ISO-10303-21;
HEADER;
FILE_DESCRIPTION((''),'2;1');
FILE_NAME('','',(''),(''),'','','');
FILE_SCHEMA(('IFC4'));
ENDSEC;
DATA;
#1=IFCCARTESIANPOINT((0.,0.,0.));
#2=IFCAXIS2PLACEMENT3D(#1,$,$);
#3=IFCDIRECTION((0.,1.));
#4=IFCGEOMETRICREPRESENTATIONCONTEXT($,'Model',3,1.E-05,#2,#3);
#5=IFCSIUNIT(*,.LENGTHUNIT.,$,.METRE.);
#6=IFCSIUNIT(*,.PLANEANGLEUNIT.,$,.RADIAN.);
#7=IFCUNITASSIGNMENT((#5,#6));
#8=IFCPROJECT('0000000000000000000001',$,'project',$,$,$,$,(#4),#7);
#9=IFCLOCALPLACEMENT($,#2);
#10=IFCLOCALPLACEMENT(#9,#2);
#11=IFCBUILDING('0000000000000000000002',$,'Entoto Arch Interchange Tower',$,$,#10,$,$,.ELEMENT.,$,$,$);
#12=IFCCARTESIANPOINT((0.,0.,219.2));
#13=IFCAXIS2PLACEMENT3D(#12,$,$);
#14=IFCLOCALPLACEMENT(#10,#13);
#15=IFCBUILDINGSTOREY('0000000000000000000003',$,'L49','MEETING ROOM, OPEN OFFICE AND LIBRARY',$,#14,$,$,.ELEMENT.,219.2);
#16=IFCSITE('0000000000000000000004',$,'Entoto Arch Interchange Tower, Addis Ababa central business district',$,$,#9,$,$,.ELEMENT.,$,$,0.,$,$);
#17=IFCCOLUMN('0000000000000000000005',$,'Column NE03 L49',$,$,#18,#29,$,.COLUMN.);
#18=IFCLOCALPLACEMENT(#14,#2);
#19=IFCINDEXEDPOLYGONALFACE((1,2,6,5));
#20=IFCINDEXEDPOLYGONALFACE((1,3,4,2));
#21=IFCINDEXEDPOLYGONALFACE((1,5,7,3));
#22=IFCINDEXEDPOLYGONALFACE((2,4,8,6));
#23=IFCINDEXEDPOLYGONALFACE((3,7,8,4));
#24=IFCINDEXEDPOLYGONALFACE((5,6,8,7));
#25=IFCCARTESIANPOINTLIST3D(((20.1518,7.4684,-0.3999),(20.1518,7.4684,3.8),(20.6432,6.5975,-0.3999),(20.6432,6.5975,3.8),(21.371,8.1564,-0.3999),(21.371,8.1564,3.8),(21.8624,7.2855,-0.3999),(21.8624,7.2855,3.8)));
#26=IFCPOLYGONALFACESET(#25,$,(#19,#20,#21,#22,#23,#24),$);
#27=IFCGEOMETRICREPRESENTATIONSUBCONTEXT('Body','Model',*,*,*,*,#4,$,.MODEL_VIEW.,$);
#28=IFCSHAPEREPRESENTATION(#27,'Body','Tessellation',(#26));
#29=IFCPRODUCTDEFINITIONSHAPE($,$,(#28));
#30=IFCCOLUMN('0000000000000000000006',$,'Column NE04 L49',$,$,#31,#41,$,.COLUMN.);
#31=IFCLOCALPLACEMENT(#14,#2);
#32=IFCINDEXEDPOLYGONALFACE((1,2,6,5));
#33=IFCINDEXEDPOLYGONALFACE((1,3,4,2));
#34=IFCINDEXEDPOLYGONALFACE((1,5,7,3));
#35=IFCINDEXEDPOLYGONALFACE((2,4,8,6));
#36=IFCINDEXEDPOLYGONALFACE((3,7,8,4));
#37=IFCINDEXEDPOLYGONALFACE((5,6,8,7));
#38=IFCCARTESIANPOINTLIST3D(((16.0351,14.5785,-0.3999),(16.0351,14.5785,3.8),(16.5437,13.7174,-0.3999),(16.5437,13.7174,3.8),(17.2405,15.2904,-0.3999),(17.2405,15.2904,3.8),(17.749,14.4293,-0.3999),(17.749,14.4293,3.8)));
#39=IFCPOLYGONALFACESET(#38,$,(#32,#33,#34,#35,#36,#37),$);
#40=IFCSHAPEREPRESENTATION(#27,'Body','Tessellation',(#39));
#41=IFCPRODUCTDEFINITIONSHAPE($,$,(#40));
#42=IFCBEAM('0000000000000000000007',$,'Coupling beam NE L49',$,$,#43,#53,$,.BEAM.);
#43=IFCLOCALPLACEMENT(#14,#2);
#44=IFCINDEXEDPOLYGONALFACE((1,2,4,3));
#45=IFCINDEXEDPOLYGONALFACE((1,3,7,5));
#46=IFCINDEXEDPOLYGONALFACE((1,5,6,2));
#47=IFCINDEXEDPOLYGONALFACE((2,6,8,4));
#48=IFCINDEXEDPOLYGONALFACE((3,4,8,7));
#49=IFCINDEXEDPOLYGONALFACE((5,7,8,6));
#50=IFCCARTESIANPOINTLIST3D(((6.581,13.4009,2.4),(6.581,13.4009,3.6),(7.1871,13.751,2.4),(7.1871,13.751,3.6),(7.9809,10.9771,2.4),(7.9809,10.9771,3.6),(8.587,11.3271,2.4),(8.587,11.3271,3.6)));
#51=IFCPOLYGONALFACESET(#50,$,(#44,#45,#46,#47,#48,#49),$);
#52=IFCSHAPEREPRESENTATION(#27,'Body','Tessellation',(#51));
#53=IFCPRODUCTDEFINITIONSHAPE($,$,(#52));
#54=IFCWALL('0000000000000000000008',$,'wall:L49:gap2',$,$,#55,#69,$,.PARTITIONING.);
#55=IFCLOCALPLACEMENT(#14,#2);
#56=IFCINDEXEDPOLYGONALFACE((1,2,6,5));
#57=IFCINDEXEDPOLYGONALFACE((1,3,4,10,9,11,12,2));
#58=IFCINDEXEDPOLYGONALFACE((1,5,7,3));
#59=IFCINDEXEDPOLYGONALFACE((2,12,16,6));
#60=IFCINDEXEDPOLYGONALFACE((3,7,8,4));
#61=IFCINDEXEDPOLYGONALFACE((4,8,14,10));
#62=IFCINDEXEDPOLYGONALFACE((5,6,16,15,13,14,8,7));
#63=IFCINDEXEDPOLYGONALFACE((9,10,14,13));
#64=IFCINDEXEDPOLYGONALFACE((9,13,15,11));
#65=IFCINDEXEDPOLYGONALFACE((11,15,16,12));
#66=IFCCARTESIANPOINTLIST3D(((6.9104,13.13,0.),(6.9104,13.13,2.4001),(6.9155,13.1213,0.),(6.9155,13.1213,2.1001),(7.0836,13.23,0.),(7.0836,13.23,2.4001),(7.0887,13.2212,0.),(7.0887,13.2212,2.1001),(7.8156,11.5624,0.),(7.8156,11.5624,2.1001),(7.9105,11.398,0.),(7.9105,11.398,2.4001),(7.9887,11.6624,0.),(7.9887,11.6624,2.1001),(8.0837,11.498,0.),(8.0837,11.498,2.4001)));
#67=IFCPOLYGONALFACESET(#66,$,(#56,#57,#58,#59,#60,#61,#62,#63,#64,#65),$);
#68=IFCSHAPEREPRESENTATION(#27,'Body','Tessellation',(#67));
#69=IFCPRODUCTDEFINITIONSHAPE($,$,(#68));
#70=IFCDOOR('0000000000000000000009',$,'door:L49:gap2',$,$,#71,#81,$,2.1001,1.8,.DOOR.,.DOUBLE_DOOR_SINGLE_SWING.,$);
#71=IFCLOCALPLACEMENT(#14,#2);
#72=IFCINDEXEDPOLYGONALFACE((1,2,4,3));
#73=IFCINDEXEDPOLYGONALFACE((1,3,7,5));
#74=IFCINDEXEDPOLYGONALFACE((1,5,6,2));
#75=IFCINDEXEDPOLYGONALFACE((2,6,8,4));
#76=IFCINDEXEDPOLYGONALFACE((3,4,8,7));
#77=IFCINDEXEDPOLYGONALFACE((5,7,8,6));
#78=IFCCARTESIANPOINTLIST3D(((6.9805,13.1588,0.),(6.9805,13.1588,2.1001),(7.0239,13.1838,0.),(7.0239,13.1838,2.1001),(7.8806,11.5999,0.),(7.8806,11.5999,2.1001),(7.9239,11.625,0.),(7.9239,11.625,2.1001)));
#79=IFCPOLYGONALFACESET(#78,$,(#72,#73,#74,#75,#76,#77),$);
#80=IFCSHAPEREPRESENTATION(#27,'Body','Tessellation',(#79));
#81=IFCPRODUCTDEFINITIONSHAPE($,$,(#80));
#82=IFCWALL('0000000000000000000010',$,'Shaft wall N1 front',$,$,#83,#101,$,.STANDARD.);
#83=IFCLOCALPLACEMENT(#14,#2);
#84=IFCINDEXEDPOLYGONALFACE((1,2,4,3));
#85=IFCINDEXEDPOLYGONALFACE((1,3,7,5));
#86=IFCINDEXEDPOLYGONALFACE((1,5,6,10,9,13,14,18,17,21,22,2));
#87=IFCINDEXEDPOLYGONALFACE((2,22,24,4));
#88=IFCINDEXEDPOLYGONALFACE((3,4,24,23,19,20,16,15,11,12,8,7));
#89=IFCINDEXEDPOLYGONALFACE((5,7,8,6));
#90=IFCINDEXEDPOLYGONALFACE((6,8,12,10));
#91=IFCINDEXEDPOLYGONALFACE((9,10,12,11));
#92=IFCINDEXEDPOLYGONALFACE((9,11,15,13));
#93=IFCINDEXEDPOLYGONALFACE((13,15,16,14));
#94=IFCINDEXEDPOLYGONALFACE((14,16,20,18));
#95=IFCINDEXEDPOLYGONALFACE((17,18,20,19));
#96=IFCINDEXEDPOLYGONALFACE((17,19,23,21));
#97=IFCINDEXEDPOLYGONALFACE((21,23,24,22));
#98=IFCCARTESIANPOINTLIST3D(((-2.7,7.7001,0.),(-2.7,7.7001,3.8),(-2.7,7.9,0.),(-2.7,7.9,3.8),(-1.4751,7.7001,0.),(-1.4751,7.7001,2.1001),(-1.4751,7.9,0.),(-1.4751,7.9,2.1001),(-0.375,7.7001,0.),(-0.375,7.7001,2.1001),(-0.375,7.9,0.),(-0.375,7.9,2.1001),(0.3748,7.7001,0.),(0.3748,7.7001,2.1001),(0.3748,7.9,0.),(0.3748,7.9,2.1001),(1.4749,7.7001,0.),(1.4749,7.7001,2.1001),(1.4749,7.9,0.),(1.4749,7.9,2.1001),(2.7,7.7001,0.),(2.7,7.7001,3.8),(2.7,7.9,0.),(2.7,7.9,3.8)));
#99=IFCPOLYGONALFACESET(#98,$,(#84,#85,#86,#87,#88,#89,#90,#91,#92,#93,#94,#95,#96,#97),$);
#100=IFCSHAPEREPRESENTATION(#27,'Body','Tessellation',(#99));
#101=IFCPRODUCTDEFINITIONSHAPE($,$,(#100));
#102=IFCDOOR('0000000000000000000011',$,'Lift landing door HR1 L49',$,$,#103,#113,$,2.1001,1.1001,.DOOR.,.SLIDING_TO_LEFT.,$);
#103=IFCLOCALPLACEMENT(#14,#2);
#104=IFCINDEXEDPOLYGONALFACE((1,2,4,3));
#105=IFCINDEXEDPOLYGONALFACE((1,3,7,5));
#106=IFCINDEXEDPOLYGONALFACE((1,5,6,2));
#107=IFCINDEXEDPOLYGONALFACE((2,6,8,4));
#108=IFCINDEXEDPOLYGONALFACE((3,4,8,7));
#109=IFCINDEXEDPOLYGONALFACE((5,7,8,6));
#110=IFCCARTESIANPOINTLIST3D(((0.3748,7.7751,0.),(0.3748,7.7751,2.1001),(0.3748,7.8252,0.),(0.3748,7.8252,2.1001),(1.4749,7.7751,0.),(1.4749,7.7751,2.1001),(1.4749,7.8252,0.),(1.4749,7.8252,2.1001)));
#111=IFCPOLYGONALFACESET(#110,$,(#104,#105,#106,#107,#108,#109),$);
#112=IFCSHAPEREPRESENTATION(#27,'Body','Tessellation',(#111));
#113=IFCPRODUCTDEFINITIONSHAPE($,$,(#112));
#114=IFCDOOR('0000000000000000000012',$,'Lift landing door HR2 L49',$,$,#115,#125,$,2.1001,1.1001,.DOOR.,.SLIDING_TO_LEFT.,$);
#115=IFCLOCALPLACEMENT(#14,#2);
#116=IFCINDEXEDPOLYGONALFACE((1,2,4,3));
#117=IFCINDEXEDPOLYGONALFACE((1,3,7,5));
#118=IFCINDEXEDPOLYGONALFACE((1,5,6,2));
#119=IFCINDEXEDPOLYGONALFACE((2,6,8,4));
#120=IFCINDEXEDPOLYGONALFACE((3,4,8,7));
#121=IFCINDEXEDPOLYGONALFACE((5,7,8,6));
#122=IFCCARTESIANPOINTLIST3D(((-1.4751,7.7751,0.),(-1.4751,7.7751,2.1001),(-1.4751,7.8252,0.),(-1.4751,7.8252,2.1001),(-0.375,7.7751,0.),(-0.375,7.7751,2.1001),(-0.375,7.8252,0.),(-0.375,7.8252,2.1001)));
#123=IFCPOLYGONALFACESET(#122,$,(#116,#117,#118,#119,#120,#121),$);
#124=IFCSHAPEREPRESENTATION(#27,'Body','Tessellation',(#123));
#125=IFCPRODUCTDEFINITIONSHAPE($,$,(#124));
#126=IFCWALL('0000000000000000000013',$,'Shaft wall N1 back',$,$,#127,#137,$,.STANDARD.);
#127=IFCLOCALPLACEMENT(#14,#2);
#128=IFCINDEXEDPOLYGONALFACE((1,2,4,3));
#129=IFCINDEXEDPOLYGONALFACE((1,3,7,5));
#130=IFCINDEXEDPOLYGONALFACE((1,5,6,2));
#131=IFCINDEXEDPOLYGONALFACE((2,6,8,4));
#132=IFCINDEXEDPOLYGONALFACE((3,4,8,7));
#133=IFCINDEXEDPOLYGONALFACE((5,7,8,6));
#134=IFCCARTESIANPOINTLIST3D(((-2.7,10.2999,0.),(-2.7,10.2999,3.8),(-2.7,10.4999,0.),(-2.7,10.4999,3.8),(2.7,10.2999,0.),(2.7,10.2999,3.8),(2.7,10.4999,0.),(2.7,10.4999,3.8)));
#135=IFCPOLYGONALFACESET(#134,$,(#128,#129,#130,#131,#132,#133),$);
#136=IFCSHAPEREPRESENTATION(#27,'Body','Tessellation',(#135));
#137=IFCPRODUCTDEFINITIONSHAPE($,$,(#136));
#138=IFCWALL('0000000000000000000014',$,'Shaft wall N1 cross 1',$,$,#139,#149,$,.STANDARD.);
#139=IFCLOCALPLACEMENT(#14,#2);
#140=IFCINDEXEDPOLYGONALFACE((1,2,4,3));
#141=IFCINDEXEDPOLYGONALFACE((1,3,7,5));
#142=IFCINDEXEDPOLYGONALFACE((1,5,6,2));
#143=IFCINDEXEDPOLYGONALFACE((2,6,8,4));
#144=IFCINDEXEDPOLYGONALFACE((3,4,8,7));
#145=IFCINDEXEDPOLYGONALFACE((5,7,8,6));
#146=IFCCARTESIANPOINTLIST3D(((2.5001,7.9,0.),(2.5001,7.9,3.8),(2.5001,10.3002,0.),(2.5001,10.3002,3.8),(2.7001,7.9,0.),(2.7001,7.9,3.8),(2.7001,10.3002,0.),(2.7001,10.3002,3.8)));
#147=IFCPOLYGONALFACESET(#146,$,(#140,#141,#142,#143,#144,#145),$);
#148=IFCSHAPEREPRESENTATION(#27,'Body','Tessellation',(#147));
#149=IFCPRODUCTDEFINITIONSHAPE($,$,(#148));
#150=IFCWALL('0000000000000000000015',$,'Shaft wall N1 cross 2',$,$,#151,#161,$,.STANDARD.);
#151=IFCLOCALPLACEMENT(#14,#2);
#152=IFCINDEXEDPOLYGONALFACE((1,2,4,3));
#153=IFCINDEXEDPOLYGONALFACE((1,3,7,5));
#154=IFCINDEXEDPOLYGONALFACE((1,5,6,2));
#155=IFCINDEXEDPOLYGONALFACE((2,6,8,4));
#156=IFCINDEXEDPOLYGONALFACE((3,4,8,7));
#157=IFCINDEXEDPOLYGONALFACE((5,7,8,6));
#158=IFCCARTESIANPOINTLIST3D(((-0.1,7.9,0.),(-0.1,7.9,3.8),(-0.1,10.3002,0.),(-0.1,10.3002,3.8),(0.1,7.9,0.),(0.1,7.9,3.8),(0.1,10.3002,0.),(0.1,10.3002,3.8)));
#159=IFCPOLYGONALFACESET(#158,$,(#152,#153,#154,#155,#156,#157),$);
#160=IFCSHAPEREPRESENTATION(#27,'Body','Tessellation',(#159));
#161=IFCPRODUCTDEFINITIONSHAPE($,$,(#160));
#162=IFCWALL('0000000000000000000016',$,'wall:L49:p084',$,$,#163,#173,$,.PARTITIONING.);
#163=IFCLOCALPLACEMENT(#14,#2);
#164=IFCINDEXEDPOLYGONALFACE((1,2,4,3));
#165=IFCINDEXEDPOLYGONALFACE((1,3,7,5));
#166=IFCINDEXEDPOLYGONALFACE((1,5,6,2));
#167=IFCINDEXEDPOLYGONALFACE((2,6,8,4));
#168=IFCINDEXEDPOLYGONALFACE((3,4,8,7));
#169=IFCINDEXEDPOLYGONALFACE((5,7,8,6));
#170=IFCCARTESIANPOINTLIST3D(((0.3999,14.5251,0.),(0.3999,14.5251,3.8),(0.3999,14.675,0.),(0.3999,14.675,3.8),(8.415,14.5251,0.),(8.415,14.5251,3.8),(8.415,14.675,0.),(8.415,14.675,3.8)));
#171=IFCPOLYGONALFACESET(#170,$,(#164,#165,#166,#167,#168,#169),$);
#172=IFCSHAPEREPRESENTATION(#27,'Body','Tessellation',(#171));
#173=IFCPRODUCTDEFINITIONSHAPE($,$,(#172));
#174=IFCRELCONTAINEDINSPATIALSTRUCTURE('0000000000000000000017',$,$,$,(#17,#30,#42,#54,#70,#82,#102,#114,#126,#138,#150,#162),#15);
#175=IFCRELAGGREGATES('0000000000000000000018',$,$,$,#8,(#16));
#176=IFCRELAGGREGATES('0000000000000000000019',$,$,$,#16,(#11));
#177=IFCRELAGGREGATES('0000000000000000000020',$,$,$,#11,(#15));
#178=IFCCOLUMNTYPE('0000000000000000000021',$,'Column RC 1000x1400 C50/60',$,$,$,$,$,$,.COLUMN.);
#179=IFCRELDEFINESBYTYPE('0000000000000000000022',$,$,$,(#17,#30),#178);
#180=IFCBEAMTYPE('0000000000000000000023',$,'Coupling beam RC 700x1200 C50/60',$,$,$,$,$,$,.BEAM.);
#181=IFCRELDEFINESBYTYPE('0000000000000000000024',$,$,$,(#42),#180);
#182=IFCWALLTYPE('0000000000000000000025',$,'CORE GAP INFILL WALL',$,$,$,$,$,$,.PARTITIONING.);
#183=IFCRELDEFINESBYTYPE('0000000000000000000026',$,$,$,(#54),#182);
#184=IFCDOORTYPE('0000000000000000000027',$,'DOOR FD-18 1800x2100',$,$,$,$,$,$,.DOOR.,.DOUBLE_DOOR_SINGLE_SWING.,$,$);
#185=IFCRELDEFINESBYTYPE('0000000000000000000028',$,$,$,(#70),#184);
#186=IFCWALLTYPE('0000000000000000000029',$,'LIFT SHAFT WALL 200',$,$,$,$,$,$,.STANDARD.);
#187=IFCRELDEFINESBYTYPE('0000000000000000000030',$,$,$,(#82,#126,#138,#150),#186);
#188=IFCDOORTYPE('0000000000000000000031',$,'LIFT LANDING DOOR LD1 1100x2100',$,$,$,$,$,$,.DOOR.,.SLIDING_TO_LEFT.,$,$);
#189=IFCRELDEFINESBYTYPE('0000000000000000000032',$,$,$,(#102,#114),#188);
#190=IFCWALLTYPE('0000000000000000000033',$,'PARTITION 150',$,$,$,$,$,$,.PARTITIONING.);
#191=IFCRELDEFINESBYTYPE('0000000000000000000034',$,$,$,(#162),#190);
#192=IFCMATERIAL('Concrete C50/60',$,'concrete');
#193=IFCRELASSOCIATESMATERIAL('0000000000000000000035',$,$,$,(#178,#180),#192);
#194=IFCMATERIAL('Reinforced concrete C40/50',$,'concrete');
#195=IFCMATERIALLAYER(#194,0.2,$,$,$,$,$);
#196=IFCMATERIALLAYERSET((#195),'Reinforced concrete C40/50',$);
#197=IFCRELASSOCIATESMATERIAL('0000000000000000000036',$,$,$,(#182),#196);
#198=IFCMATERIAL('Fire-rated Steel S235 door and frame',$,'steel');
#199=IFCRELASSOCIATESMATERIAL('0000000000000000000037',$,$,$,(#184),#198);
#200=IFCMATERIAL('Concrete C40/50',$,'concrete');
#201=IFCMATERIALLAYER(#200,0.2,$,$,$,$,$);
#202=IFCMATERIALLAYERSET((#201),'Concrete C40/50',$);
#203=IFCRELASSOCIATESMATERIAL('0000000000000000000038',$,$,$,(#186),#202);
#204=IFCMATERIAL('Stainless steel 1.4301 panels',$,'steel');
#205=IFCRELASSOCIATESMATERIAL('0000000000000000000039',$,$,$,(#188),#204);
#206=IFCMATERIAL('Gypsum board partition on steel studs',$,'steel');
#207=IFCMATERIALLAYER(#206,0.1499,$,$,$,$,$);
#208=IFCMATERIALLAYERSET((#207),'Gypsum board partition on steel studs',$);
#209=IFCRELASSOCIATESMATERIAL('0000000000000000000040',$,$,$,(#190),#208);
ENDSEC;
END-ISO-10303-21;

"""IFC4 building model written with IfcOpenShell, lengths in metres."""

from ifc_helpers import new_model, si_unit, direction, frame, frame_2d, origin, origin_2d, place, context, subcontext, project, spatial, rectangle, extrude, material, layer, layer_set, material_profile, profile_set, type_object, element, fill, save


model = new_model("IFC4")

# Units and contexts
model_context = context("Model", 3, precision=1e-05, world=origin(), true_north=direction((0.0, 1.0)))
body_context = subcontext(model_context, "Body", "Model", "MODEL_VIEW")
ifc_project = project(units=[si_unit("LENGTHUNIT", "METRE"), si_unit("PLANEANGLEUNIT", "RADIAN")], contexts=[model_context])

# Site, building, storey
site_placement = place(None, origin())
site = spatial("IfcSite", under=ifc_project, at=site_placement, Name="Entoto Arch Interchange Tower, Addis Ababa central business district", CompositionType="ELEMENT", RefElevation=0.0)
building_placement = place(site_placement, origin())
building = spatial("IfcBuilding", under=site, at=building_placement, Name="Entoto Arch Interchange Tower", CompositionType="ELEMENT")
storey_placement = place(building_placement, frame((0.0, 0.0, 219.2)))
storey = spatial("IfcBuildingStorey", under=building, at=storey_placement, Name="L49", Description="MEETING ROOM, OPEN OFFICE AND LIBRARY", CompositionType="ELEMENT", Elevation=219.2)

# Columns
ifc_material_1 = material(Name="Concrete C50/60", Category="concrete")
ifc_material_profile_1 = material_profile(ifc_material_1, rectangle(XDim=1.0, YDim=1.3999, at=origin_2d()))
ifc_profile_set_1 = profile_set([ifc_material_profile_1], Name="Concrete C50/60")
column_type = type_object("IfcColumnType", Name="Column RC 1000x1400 C50/60", PredefinedType="COLUMN", material=ifc_profile_set_1)
for number, where, z_axis, x_axis, name in (
    (1, (21.0071, 7.377, -0.3999), (0.0, 0.0, 1.0), (-0.491436, 0.870914, 0.0), "Column NE03 L49"),
    (2, (16.8921, 14.5039, -0.3999), (0.0, 0.0, 1.0), (-0.508516, 0.861053, 0.0), "Column NE04 L49"),
):
    element("IfcColumn", number, at=place(storey_placement, frame(where, z_axis=z_axis, x_axis=x_axis)), inside=storey, type_object=column_type, Name=name, PredefinedType="COLUMN", context=body_context, shape_type="SweptSolid", body=[
        extrude(rectangle(XDim=1.0, YDim=1.3999, at=origin_2d()), origin(), (0.0, 0.0, 1.0), 4.2),
    ])

# Beam
ifc_material_profile_2 = material_profile(ifc_material_1, rectangle(XDim=0.7, YDim=1.2, at=origin_2d()))
ifc_profile_set_2 = profile_set([ifc_material_profile_2], Name="Concrete C50/60")
beam_type = type_object("IfcBeamType", Name="Coupling beam RC 700x1200 C50/60", PredefinedType="BEAM", material=ifc_profile_set_2)
beam_placement = place(storey_placement, frame((8.2839, 11.1521, 3.0), z_axis=(-0.500135, 0.865947, 0.0), x_axis=(-0.865947, -0.500135, 0.0)))
element("IfcBeam", 3, at=beam_placement, inside=storey, type_object=beam_type, Name="Coupling beam NE L49", PredefinedType="BEAM", context=body_context, shape_type="SweptSolid", body=[
    extrude(rectangle(XDim=0.7, YDim=1.2, at=origin_2d()), origin(), (0.0, 0.0, 1.0), 2.7991),
])

# Wall, opening, door
ifc_material_2 = material(Name="Reinforced concrete C40/50", Category="concrete")
ifc_layer_1 = layer(ifc_material_2, 0.2)
ifc_layer_set_1 = layer_set([ifc_layer_1], Name="Reinforced concrete C40/50")
wall_type_1 = type_object("IfcWallType", Name="CORE GAP INFILL WALL", PredefinedType="PARTITIONING", material=ifc_layer_set_1)
wall_1_placement = place(storey_placement, frame((7.9971, 11.448, 0.0), z_axis=(0.0, 0.0, 1.0), x_axis=(-0.500025, 0.866011, 0.0)))
wall_1 = element("IfcWall", 4, at=wall_1_placement, inside=storey, type_object=wall_type_1, Name="wall:L49:gap2", PredefinedType="PARTITIONING", context=body_context, shape_type="SweptSolid", body=[
    extrude(rectangle(XDim=2.0, YDim=0.2, at=frame_2d((1.0, 0.0))), origin(), (0.0, 0.0, 1.0), 2.4001),
])
opening_1_placement = place(wall_1_placement, frame((0.1899, 0.0, 0.0)))
opening_1 = element("IfcOpeningElement", 5, at=opening_1_placement, cuts=wall_1, PredefinedType="OPENING", context=body_context, shape_type="SweptSolid", body=[
    extrude(rectangle(XDim=1.8, YDim=2.1001, at=frame_2d((0.8999, 1.05))), frame((0.0, 0.1099, 0.0), z_axis=(0.0, -1.0, 0.0), x_axis=(1.0, 0.0, 0.0)), (0.0, 0.0, 1.0), 0.22),
])
ifc_material_3 = material(Name="Fire-rated Steel S235 door and frame", Category="steel")
door_type_1 = type_object("IfcDoorType", Name="DOOR FD-18 1800x2100", OperationType="DOUBLE_DOOR_SINGLE_SWING", PredefinedType="DOOR", material=ifc_material_3)
door_1_placement = place(opening_1_placement, origin())
door_1 = element("IfcDoor", 6, at=door_1_placement, inside=storey, type_object=door_type_1, Name="door:L49:gap2", OperationType="DOUBLE_DOOR_SINGLE_SWING", OverallHeight=2.1001, OverallWidth=1.8, PredefinedType="DOOR", context=body_context, shape_type="SweptSolid", body=[
    extrude(rectangle(XDim=1.8, YDim=2.1001, at=frame_2d((0.8999, 1.05))), frame((0.0, 0.0249, 0.0), z_axis=(0.0, -1.0, 0.0), x_axis=(1.0, 0.0, 0.0)), (0.0, 0.0, 1.0), 0.05),
])
fill(opening_1, door_1)

# Wall, openings, doors
ifc_material_4 = material(Name="Concrete C40/50", Category="concrete")
ifc_layer_2 = layer(ifc_material_4, 0.2)
ifc_layer_set_2 = layer_set([ifc_layer_2], Name="Concrete C40/50")
wall_type_2 = type_object("IfcWallType", Name="LIFT SHAFT WALL 200", PredefinedType="STANDARD", material=ifc_layer_set_2)
wall_2_placement = place(storey_placement, frame((2.7, 7.8, 0.0), z_axis=(0.0, 0.0, 1.0), x_axis=(-1.0, 0.0, 0.0)))
wall_2 = element("IfcWall", 7, at=wall_2_placement, inside=storey, type_object=wall_type_2, Name="Shaft wall N1 front", PredefinedType="STANDARD", context=body_context, shape_type="SweptSolid", body=[
    extrude(rectangle(XDim=5.3999, YDim=0.2, at=frame_2d((2.7, 0.0))), origin(), (0.0, 0.0, 1.0), 3.8),
])
opening_2_placement = place(wall_2_placement, frame((1.2251, 0.0, 0.0)))
opening_2 = element("IfcOpeningElement", 8, at=opening_2_placement, cuts=wall_2, PredefinedType="OPENING", context=body_context, shape_type="SweptSolid", body=[
    extrude(rectangle(XDim=1.1001, YDim=2.1001, at=frame_2d((0.55, 1.05))), frame((0.0, 0.1099, 0.0), z_axis=(0.0, -1.0, 0.0), x_axis=(1.0, 0.0, 0.0)), (0.0, 0.0, 1.0), 0.22),
])
opening_3_placement = place(wall_2_placement, frame((3.075, 0.0, 0.0)))
opening_3 = element("IfcOpeningElement", 9, at=opening_3_placement, cuts=wall_2, PredefinedType="OPENING", context=body_context, shape_type="SweptSolid", body=[
    extrude(rectangle(XDim=1.1001, YDim=2.1001, at=frame_2d((0.55, 1.05))), frame((0.0, 0.1099, 0.0), z_axis=(0.0, -1.0, 0.0), x_axis=(1.0, 0.0, 0.0)), (0.0, 0.0, 1.0), 0.22),
])
ifc_material_5 = material(Name="Stainless steel 1.4301 panels", Category="steel")
door_type_2 = type_object("IfcDoorType", Name="LIFT LANDING DOOR LD1 1100x2100", OperationType="SLIDING_TO_LEFT", PredefinedType="DOOR", material=ifc_material_5)
door_2_placement = place(opening_2_placement, origin())
door_2 = element("IfcDoor", 10, at=door_2_placement, inside=storey, type_object=door_type_2, Name="Lift landing door HR1 L49", OperationType="SLIDING_TO_LEFT", OverallHeight=2.1001, OverallWidth=1.1001, PredefinedType="DOOR", context=body_context, shape_type="SweptSolid", body=[
    extrude(rectangle(XDim=1.1001, YDim=2.1001, at=frame_2d((0.55, 1.05))), frame((0.0, 0.0249, 0.0), z_axis=(0.0, -1.0, 0.0), x_axis=(1.0, 0.0, 0.0)), (0.0, 0.0, 1.0), 0.05),
])
fill(opening_2, door_2)
door_3_placement = place(opening_3_placement, origin())
door_3 = element("IfcDoor", 11, at=door_3_placement, inside=storey, type_object=door_type_2, Name="Lift landing door HR2 L49", OperationType="SLIDING_TO_LEFT", OverallHeight=2.1001, OverallWidth=1.1001, PredefinedType="DOOR", context=body_context, shape_type="SweptSolid", body=[
    extrude(rectangle(XDim=1.1001, YDim=2.1001, at=frame_2d((0.55, 1.05))), frame((0.0, 0.0249, 0.0), z_axis=(0.0, -1.0, 0.0), x_axis=(1.0, 0.0, 0.0)), (0.0, 0.0, 1.0), 0.05),
])
fill(opening_3, door_3)

# Walls
wall_3_placement = place(storey_placement, frame((2.7, 10.3999, 0.0), z_axis=(0.0, 0.0, 1.0), x_axis=(-1.0, 0.0, 0.0)))
element("IfcWall", 12, at=wall_3_placement, inside=storey, type_object=wall_type_2, Name="Shaft wall N1 back", PredefinedType="STANDARD", context=body_context, shape_type="SweptSolid", body=[
    extrude(rectangle(XDim=5.3999, YDim=0.2, at=frame_2d((2.7, 0.0))), origin(), (0.0, 0.0, 1.0), 3.8),
])
for number, where, z_axis, x_axis, name in (
    (13, (2.6001, 7.8999, 0.0), (0.0, 0.0, 1.0), (0.0, 1.0, 0.0), "Shaft wall N1 cross 1"),
    (14, (0.0, 7.8999, 0.0), (0.0, 0.0, 1.0), (0.0, 1.0, 0.0), "Shaft wall N1 cross 2"),
):
    element("IfcWall", number, at=place(storey_placement, frame(where, z_axis=z_axis, x_axis=x_axis)), inside=storey, type_object=wall_type_2, Name=name, PredefinedType="STANDARD", context=body_context, shape_type="SweptSolid", body=[
        extrude(rectangle(XDim=2.4001, YDim=0.2, at=frame_2d((1.2002, 0.0))), origin(), (0.0, 0.0, 1.0), 3.8),
    ])
ifc_material_6 = material(Name="Gypsum board partition on steel studs", Category="steel")
ifc_layer_3 = layer(ifc_material_6, 0.1499)
ifc_layer_set_3 = layer_set([ifc_layer_3], Name="Gypsum board partition on steel studs")
wall_type_3 = type_object("IfcWallType", Name="PARTITION 150", PredefinedType="PARTITIONING", material=ifc_layer_set_3)
wall_4_placement = place(storey_placement, frame((8.415, 14.6001, 0.0), z_axis=(0.0, 0.0, 1.0), x_axis=(-1.0, 0.0, 0.0)))
element("IfcWall", 15, at=wall_4_placement, inside=storey, type_object=wall_type_3, Name="wall:L49:p084", PredefinedType="PARTITIONING", context=body_context, shape_type="SweptSolid", body=[
    extrude(rectangle(XDim=8.0151, YDim=0.1499, at=frame_2d((4.0076, 0.0))), origin(), (0.0, 0.0, 1.0), 3.8),
])

save(model, "model.ifc")
